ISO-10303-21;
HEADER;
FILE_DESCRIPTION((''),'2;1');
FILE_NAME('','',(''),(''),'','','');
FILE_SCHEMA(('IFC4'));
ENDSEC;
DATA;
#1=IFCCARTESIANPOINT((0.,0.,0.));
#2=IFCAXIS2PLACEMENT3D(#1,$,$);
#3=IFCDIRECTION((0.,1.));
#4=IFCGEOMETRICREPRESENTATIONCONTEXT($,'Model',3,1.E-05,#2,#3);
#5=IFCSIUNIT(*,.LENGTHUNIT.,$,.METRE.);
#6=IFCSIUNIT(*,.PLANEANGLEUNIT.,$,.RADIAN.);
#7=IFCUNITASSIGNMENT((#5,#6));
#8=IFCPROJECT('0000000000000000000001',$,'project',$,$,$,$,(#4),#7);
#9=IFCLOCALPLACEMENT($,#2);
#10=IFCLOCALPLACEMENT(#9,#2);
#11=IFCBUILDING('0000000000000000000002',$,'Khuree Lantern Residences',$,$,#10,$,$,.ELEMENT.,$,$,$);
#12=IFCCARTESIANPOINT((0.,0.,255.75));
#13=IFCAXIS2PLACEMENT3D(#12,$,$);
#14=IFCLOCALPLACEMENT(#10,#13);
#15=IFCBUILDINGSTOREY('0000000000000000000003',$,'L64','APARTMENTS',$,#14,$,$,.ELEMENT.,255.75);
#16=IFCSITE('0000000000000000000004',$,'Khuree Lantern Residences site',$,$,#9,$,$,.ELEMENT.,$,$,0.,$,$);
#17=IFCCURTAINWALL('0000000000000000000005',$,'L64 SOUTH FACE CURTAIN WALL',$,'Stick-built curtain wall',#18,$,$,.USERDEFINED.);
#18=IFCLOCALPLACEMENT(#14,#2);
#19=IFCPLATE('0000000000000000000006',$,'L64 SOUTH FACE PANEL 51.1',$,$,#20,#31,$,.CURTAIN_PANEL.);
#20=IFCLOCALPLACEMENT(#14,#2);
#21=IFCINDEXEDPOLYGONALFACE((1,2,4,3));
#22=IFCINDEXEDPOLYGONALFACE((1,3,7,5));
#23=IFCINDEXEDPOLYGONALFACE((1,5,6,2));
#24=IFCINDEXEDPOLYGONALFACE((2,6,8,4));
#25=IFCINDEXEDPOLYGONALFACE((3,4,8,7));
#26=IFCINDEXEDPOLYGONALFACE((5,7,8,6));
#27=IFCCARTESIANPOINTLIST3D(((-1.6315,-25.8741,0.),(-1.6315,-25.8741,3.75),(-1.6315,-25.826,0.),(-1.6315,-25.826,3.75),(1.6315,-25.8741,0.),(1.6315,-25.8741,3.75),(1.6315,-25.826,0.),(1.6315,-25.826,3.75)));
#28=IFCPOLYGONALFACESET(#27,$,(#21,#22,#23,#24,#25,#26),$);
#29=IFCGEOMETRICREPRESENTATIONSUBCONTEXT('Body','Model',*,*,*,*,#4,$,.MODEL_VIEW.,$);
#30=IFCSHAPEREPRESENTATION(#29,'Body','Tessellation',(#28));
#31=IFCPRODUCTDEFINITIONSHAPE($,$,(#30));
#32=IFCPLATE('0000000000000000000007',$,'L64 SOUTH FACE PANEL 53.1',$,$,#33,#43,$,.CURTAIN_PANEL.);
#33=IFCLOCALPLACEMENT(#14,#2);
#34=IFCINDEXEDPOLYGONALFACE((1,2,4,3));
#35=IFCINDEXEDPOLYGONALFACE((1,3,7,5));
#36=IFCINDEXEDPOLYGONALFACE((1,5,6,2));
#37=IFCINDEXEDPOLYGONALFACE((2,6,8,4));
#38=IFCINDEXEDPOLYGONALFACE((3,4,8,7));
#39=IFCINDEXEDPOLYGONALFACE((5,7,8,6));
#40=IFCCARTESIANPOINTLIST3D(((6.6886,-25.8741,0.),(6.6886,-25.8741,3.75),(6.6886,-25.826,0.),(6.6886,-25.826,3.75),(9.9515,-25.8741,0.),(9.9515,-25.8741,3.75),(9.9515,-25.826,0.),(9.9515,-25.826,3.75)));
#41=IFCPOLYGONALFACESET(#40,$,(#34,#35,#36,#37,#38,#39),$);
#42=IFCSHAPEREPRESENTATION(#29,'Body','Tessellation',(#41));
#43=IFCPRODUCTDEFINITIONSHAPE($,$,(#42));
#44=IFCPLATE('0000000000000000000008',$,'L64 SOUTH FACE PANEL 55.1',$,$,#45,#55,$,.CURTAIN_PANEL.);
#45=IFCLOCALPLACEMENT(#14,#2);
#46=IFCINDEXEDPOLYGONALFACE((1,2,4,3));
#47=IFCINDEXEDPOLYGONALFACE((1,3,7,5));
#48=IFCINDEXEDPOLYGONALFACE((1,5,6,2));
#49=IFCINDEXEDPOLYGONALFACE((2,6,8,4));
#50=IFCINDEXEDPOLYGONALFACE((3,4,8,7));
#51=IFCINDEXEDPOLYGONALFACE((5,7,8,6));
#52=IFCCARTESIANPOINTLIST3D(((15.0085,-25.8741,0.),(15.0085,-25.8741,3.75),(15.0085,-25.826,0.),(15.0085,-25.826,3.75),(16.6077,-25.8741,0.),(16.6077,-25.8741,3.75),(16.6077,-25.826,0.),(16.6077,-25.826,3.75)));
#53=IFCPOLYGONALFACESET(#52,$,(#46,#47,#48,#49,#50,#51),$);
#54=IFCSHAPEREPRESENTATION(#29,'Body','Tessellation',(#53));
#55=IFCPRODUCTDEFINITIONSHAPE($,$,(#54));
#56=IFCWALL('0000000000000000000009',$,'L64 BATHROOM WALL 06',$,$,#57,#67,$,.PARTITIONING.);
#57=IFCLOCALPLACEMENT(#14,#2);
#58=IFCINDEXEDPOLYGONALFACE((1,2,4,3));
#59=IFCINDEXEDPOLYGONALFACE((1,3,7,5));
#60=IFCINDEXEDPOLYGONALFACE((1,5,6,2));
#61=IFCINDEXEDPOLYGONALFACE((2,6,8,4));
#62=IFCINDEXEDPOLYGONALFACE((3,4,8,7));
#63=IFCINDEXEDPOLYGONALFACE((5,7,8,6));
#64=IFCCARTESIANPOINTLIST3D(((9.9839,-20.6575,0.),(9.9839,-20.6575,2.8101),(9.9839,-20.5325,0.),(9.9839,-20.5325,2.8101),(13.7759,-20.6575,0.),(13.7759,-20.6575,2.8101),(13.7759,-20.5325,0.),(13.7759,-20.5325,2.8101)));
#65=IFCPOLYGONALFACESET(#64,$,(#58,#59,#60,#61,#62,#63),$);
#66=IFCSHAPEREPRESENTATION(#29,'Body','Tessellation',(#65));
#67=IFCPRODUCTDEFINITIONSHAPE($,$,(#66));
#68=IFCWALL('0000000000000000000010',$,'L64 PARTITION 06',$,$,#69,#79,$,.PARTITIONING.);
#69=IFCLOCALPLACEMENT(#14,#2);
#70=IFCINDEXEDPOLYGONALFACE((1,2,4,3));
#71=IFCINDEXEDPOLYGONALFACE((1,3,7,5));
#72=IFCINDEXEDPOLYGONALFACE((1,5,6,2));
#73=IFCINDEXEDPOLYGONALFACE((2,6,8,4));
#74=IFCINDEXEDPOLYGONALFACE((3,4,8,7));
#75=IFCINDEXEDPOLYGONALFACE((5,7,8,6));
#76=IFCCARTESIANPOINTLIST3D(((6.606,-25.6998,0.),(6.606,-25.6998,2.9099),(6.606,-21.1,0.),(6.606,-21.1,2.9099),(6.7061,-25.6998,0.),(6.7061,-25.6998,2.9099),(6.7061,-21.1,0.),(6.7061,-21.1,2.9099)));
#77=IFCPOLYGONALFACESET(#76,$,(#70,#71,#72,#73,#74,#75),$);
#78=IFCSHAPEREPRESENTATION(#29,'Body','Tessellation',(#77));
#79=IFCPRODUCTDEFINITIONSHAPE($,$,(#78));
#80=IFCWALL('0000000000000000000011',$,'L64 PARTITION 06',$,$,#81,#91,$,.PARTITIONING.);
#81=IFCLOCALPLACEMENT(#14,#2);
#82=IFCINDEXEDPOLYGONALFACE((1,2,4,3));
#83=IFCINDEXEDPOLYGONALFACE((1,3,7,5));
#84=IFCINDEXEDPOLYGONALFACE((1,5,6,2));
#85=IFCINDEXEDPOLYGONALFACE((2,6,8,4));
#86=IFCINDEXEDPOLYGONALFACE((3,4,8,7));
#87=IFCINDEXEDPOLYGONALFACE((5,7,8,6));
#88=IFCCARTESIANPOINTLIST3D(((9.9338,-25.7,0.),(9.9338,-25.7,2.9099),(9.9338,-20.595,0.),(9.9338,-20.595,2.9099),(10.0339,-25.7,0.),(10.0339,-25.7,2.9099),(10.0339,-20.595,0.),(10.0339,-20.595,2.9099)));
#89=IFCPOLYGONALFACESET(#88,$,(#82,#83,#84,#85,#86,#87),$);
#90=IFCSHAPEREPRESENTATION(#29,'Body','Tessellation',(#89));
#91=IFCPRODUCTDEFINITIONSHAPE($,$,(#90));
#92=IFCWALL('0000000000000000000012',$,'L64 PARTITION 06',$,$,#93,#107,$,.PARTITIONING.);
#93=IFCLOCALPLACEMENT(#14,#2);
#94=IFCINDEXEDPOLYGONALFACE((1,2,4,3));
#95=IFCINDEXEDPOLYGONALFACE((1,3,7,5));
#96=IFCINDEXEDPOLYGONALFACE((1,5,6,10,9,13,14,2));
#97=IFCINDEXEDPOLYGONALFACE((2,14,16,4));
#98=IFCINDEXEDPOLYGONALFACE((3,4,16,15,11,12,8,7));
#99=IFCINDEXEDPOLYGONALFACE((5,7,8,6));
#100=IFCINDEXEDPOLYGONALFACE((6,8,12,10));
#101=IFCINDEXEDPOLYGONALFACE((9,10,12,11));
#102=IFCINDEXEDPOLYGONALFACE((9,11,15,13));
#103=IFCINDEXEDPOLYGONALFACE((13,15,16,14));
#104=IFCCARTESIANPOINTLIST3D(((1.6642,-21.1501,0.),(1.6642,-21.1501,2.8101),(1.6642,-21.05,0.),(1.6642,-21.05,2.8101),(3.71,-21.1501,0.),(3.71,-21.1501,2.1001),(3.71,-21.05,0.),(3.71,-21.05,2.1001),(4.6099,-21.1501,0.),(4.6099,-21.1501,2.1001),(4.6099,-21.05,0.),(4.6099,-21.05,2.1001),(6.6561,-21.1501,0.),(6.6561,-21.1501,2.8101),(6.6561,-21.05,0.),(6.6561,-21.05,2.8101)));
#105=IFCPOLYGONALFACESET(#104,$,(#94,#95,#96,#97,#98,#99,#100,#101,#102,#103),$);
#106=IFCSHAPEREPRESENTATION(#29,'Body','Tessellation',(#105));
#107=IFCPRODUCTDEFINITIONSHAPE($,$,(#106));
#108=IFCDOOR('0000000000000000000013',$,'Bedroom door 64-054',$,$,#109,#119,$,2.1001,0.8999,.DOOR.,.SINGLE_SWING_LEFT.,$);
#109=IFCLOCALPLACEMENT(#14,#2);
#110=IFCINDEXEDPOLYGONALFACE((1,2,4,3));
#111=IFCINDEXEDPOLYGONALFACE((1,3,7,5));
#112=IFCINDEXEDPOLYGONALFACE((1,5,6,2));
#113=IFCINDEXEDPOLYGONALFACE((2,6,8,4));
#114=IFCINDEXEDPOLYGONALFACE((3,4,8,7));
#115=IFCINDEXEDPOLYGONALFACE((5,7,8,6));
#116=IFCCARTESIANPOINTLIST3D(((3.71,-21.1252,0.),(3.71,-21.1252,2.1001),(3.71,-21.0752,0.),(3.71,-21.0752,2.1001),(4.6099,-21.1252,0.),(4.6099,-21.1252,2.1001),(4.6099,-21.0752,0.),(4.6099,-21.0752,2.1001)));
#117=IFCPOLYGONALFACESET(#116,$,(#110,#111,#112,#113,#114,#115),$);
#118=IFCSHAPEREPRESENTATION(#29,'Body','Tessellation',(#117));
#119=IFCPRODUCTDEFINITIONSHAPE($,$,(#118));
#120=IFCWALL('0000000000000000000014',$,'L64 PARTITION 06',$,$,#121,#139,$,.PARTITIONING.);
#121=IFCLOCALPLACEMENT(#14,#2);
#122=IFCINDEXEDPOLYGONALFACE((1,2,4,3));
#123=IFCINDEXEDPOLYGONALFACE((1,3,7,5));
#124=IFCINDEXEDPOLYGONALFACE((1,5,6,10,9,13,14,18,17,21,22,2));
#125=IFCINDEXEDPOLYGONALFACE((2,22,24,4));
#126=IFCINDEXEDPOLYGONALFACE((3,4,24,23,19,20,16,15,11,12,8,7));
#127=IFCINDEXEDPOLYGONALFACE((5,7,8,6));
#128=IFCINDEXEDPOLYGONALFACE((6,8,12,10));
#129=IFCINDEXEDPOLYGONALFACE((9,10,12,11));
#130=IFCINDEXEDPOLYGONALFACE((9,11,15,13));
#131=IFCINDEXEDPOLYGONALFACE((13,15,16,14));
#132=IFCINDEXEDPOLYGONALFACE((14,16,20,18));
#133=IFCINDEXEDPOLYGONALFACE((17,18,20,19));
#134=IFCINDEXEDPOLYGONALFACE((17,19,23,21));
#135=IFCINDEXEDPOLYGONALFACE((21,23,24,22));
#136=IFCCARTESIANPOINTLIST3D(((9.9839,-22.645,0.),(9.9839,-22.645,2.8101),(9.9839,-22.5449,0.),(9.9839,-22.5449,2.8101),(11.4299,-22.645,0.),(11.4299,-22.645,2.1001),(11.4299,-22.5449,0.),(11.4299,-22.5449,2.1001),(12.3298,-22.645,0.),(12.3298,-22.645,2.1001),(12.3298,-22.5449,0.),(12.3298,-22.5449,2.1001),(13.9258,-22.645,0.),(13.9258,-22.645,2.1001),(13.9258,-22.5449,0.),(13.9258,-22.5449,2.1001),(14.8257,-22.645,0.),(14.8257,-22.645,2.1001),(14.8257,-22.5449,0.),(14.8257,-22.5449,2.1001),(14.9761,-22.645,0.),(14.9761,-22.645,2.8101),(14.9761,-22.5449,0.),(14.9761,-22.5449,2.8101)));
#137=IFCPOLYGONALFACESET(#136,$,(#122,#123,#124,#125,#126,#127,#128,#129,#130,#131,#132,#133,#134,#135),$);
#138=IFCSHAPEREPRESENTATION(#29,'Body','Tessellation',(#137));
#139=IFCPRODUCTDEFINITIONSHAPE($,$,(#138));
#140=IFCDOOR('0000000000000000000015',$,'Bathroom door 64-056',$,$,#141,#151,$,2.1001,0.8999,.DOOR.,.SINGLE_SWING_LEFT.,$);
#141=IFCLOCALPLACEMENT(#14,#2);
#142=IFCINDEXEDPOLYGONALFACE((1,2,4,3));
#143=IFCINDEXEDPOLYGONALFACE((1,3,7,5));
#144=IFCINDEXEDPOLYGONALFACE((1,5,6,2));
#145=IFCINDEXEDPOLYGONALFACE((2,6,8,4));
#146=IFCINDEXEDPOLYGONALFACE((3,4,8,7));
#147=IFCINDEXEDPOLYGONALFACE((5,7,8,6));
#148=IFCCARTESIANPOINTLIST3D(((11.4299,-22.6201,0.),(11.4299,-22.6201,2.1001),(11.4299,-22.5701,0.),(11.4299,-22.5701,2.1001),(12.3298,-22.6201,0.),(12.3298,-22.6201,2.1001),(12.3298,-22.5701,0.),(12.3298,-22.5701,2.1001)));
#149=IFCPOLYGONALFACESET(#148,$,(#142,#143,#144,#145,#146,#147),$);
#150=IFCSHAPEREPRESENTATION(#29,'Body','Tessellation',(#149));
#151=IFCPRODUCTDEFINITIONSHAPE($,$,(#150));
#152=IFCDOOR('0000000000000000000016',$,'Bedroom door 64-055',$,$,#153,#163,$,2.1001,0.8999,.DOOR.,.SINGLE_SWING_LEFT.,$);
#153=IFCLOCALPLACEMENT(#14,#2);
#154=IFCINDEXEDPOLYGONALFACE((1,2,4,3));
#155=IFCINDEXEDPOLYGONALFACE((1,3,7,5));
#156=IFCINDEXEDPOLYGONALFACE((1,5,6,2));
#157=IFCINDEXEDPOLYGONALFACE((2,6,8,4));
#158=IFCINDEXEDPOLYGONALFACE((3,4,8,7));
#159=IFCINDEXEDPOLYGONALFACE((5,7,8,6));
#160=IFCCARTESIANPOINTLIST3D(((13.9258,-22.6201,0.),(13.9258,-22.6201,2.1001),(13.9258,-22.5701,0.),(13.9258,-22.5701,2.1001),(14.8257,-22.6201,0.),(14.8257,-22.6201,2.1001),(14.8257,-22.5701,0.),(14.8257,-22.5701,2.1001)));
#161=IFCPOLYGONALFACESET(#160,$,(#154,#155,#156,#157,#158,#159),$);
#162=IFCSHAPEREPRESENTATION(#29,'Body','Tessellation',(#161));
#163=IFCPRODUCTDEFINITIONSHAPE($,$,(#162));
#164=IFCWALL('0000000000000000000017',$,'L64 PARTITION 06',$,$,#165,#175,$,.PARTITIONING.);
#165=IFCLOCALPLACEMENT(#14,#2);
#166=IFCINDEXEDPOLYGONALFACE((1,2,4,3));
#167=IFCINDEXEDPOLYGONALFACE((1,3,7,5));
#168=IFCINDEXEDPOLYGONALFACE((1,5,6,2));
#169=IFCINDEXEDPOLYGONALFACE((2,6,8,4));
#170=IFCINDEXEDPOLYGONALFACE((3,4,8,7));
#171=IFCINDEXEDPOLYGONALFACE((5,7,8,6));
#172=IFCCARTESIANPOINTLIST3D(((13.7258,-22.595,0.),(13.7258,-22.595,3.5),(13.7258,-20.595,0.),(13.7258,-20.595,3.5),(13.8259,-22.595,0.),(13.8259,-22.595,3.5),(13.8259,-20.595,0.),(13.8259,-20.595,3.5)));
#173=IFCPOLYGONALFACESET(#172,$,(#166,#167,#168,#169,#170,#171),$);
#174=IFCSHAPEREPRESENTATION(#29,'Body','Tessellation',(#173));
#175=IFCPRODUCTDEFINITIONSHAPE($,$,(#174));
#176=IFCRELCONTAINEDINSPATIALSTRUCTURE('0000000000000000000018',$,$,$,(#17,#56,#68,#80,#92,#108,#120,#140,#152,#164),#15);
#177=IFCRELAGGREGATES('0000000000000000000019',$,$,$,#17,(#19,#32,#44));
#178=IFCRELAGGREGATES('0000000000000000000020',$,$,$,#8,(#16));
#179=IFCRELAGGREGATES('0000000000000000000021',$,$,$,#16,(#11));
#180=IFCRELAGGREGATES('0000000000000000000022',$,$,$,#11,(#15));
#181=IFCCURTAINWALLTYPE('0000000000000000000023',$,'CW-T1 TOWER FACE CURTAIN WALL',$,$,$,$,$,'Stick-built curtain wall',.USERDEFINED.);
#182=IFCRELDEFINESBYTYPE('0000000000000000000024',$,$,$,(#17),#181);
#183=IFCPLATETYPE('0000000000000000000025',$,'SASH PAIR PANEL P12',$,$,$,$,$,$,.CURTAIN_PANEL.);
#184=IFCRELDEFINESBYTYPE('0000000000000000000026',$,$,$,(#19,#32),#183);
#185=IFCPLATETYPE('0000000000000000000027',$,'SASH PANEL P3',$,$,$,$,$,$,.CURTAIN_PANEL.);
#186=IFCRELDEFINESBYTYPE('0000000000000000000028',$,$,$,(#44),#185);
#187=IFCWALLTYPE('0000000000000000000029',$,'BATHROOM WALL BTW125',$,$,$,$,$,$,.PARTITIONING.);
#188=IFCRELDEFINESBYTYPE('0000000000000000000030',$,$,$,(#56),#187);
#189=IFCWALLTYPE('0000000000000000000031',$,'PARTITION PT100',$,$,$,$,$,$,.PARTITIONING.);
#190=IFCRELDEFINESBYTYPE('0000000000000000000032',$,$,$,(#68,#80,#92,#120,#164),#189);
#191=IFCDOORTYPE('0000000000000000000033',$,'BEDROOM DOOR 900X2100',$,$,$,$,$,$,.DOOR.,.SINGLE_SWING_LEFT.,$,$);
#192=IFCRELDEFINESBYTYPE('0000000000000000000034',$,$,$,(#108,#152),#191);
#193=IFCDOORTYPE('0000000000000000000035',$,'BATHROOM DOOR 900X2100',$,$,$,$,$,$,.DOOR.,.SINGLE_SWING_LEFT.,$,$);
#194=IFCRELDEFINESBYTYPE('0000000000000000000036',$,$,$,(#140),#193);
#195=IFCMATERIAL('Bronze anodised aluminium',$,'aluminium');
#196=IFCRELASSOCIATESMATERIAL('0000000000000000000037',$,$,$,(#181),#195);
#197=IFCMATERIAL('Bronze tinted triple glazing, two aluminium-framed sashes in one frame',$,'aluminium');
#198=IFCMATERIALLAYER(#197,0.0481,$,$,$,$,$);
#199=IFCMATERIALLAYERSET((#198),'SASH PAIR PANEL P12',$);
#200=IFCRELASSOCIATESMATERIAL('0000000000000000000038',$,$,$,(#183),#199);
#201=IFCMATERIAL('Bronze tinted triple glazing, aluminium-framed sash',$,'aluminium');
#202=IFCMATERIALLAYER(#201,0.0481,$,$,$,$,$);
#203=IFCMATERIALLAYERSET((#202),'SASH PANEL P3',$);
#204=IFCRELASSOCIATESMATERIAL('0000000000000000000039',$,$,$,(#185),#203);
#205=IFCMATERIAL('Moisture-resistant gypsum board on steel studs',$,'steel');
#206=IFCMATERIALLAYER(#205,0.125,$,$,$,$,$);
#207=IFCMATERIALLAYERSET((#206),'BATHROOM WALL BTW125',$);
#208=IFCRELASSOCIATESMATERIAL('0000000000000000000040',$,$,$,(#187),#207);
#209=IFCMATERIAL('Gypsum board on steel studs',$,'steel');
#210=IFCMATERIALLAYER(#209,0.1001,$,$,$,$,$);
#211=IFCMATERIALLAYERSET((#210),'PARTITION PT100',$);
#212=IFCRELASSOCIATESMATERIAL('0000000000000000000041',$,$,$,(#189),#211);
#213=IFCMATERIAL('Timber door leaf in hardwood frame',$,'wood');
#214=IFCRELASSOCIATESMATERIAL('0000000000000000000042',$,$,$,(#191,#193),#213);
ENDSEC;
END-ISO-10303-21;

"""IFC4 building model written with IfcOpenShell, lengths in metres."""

from ifc_helpers import new_model, si_unit, direction, frame, frame_2d, origin, origin_2d, place, context, subcontext, project, spatial, rectangle, extrude, material, layer, layer_set, type_object, element, fill, aggregate, save


model = new_model("IFC4")

# Units and contexts
model_context = context("Model", 3, precision=1e-05, world=origin(), true_north=direction((0.0, 1.0)))
body_context = subcontext(model_context, "Body", "Model", "MODEL_VIEW")
ifc_project = project(units=[si_unit("LENGTHUNIT", "METRE"), si_unit("PLANEANGLEUNIT", "RADIAN")], contexts=[model_context])

# Site, building, storey
site_placement = place(None, origin())
site = spatial("IfcSite", under=ifc_project, at=site_placement, Name="Khuree Lantern Residences site", CompositionType="ELEMENT", RefElevation=0.0)
building_placement = place(site_placement, origin())
building = spatial("IfcBuilding", under=site, at=building_placement, Name="Khuree Lantern Residences", CompositionType="ELEMENT")
storey_placement = place(building_placement, frame((0.0, 0.0, 255.75)))
storey = spatial("IfcBuildingStorey", under=building, at=storey_placement, Name="L64", Description="APARTMENTS", CompositionType="ELEMENT", Elevation=255.75)

# Curtain wall
ifc_material_1 = material(Name="Bronze anodised aluminium", Category="aluminium")
curtain_wall_type = type_object("IfcCurtainWallType", Name="CW-T1 TOWER FACE CURTAIN WALL", ElementType="Stick-built curtain wall", PredefinedType="USERDEFINED", material=ifc_material_1)
curtain_wall_placement = place(storey_placement, origin())
curtain_wall = element("IfcCurtainWall", 1, at=curtain_wall_placement, inside=storey, type_object=curtain_wall_type, Name="L64 SOUTH FACE CURTAIN WALL", ObjectType="Stick-built curtain wall", PredefinedType="USERDEFINED")

# Plates
ifc_material_2 = material(Name="Bronze tinted triple glazing, two aluminium-framed sashes in one frame", Category="aluminium")
ifc_layer_1 = layer(ifc_material_2, 0.0481)
ifc_layer_set_1 = layer_set([ifc_layer_1], Name="SASH PAIR PANEL P12")
plate_type_1 = type_object("IfcPlateType", Name="SASH PAIR PANEL P12", PredefinedType="CURTAIN_PANEL", material=ifc_layer_set_1)
plate_1_placement = place(storey_placement, frame((0.0, -25.8501, 0.0), z_axis=(0.0, 0.0, 1.0), x_axis=(1.0, 0.0, 0.0)))
plate_1 = element("IfcPlate", 2, at=plate_1_placement, type_object=plate_type_1, Name="L64 SOUTH FACE PANEL 51.1", PredefinedType="CURTAIN_PANEL", context=body_context, shape_type="SweptSolid", body=[
    extrude(rectangle(XDim=3.2629, YDim=0.0481, at=origin_2d()), origin(), (0.0, 0.0, 1.0), 3.75),
])
plate_2_placement = place(storey_placement, frame((8.3201, -25.8501, 0.0), z_axis=(0.0, 0.0, 1.0), x_axis=(1.0, 0.0, 0.0)))
plate_2 = element("IfcPlate", 3, at=plate_2_placement, type_object=plate_type_1, Name="L64 SOUTH FACE PANEL 53.1", PredefinedType="CURTAIN_PANEL", context=body_context, shape_type="SweptSolid", body=[
    extrude(rectangle(XDim=3.2629, YDim=0.0481, at=origin_2d()), origin(), (0.0, 0.0, 1.0), 3.75),
])
ifc_material_3 = material(Name="Bronze tinted triple glazing, aluminium-framed sash", Category="aluminium")
ifc_layer_2 = layer(ifc_material_3, 0.0481)
ifc_layer_set_2 = layer_set([ifc_layer_2], Name="SASH PANEL P3")
plate_type_2 = type_object("IfcPlateType", Name="SASH PANEL P3", PredefinedType="CURTAIN_PANEL", material=ifc_layer_set_2)
plate_3_placement = place(storey_placement, frame((15.8081, -25.8501, 0.0), z_axis=(0.0, 0.0, 1.0), x_axis=(1.0, 0.0, 0.0)))
plate_3 = element("IfcPlate", 4, at=plate_3_placement, type_object=plate_type_2, Name="L64 SOUTH FACE PANEL 55.1", PredefinedType="CURTAIN_PANEL", context=body_context, shape_type="SweptSolid", body=[
    extrude(rectangle(XDim=1.5991, YDim=0.0481, at=origin_2d()), origin(), (0.0, 0.0, 1.0), 3.75),
])
aggregate(curtain_wall, [plate_1, plate_2, plate_3])

# Walls
ifc_material_4 = material(Name="Moisture-resistant gypsum board on steel studs", Category="steel")
ifc_layer_3 = layer(ifc_material_4, 0.125)
ifc_layer_set_3 = layer_set([ifc_layer_3], Name="BATHROOM WALL BTW125")
wall_type_1 = type_object("IfcWallType", Name="BATHROOM WALL BTW125", PredefinedType="PARTITIONING", material=ifc_layer_set_3)
wall_1_placement = place(storey_placement, frame((9.9839, -20.595, 0.0), z_axis=(0.0, 0.0, 1.0), x_axis=(1.0, 0.0, 0.0)))
element("IfcWall", 5, at=wall_1_placement, inside=storey, type_object=wall_type_1, Name="L64 BATHROOM WALL 06", PredefinedType="PARTITIONING", context=body_context, shape_type="SweptSolid", body=[
    extrude(rectangle(XDim=3.792, YDim=0.125, at=frame_2d((1.896, 0.0))), origin(), (0.0, 0.0, 1.0), 2.8101),
])
ifc_material_5 = material(Name="Gypsum board on steel studs", Category="steel")
ifc_layer_4 = layer(ifc_material_5, 0.1001)
ifc_layer_set_4 = layer_set([ifc_layer_4], Name="PARTITION PT100")
wall_type_2 = type_object("IfcWallType", Name="PARTITION PT100", PredefinedType="PARTITIONING", material=ifc_layer_set_4)
wall_2_placement = place(storey_placement, frame((6.656, -21.1001, 0.0), z_axis=(0.0, 0.0, 1.0), x_axis=(0.0, -1.0, 0.0)))
element("IfcWall", 6, at=wall_2_placement, inside=storey, type_object=wall_type_2, Name="L64 PARTITION 06", PredefinedType="PARTITIONING", context=body_context, shape_type="SweptSolid", body=[
    extrude(rectangle(XDim=4.5999, YDim=0.1001, at=frame_2d((2.2998, 0.0))), origin(), (0.0, 0.0, 1.0), 2.9099),
])
wall_3_placement = place(storey_placement, frame((9.9839, -20.595, 0.0), z_axis=(0.0, 0.0, 1.0), x_axis=(0.0, -1.0, 0.0)))
element("IfcWall", 7, at=wall_3_placement, inside=storey, type_object=wall_type_2, Name="L64 PARTITION 06", PredefinedType="PARTITIONING", context=body_context, shape_type="SweptSolid", body=[
    extrude(rectangle(XDim=5.105, YDim=0.1001, at=frame_2d((2.5525, 0.0))), origin(), (0.0, 0.0, 1.0), 2.9099),
])

# Wall, opening, door
wall_4_placement = place(storey_placement, frame((1.6641, -21.1001, 0.0), z_axis=(0.0, 0.0, 1.0), x_axis=(1.0, 0.0, 0.0)))
wall_4 = element("IfcWall", 8, at=wall_4_placement, inside=storey, type_object=wall_type_2, Name="L64 PARTITION 06", PredefinedType="PARTITIONING", context=body_context, shape_type="SweptSolid", body=[
    extrude(rectangle(XDim=4.9919, YDim=0.1001, at=frame_2d((2.4961, 0.0))), origin(), (0.0, 0.0, 1.0), 2.8101),
])
opening_1_placement = place(wall_4_placement, frame((2.0459, 0.0, 0.0)))
opening_1 = element("IfcOpeningElement", 9, at=opening_1_placement, cuts=wall_4, PredefinedType="OPENING", context=body_context, shape_type="SweptSolid", body=[
    extrude(rectangle(XDim=0.8999, YDim=2.1001, at=frame_2d((0.45, 1.05))), frame((0.0, 0.0601, 0.0), z_axis=(0.0, -1.0, 0.0), x_axis=(1.0, 0.0, 0.0)), (0.0, 0.0, 1.0), 0.1201),
])
ifc_material_6 = material(Name="Timber door leaf in hardwood frame", Category="wood")
door_type_1 = type_object("IfcDoorType", Name="BEDROOM DOOR 900X2100", OperationType="SINGLE_SWING_LEFT", PredefinedType="DOOR", material=ifc_material_6)
door_1_placement = place(opening_1_placement, origin())
door_1 = element("IfcDoor", 10, at=door_1_placement, inside=storey, type_object=door_type_1, Name="Bedroom door 64-054", OperationType="SINGLE_SWING_LEFT", OverallHeight=2.1001, OverallWidth=0.8999, PredefinedType="DOOR", context=body_context, shape_type="SweptSolid", body=[
    extrude(rectangle(XDim=0.8999, YDim=2.1001, at=frame_2d((0.45, 1.05))), frame((0.0, 0.0249, 0.0), z_axis=(0.0, -1.0, 0.0), x_axis=(1.0, 0.0, 0.0)), (0.0, 0.0, 1.0), 0.05),
])
fill(opening_1, door_1)

# Wall, openings, doors
wall_5_placement = place(storey_placement, frame((9.9839, -22.595, 0.0), z_axis=(0.0, 0.0, 1.0), x_axis=(1.0, 0.0, 0.0)))
wall_5 = element("IfcWall", 11, at=wall_5_placement, inside=storey, type_object=wall_type_2, Name="L64 PARTITION 06", PredefinedType="PARTITIONING", context=body_context, shape_type="SweptSolid", body=[
    extrude(rectangle(XDim=4.9922, YDim=0.1001, at=frame_2d((2.4961, 0.0))), origin(), (0.0, 0.0, 1.0), 2.8101),
])
opening_2_placement = place(wall_5_placement, frame((3.9419, 0.0, 0.0)))
opening_2 = element("IfcOpeningElement", 12, at=opening_2_placement, cuts=wall_5, PredefinedType="OPENING", context=body_context, shape_type="SweptSolid", body=[
    extrude(rectangle(XDim=0.8999, YDim=2.1001, at=frame_2d((0.45, 1.05))), frame((0.0, 0.0601, 0.0), z_axis=(0.0, -1.0, 0.0), x_axis=(1.0, 0.0, 0.0)), (0.0, 0.0, 1.0), 0.1201),
])
opening_3_placement = place(wall_5_placement, frame((1.446, 0.0, 0.0)))
opening_3 = element("IfcOpeningElement", 13, at=opening_3_placement, cuts=wall_5, PredefinedType="OPENING", context=body_context, shape_type="SweptSolid", body=[
    extrude(rectangle(XDim=0.8999, YDim=2.1001, at=frame_2d((0.45, 1.05))), frame((0.0, 0.0601, 0.0), z_axis=(0.0, -1.0, 0.0), x_axis=(1.0, 0.0, 0.0)), (0.0, 0.0, 1.0), 0.1201),
])
door_type_2 = type_object("IfcDoorType", Name="BATHROOM DOOR 900X2100", OperationType="SINGLE_SWING_LEFT", PredefinedType="DOOR", material=ifc_material_6)
door_2_placement = place(opening_3_placement, origin())
door_2 = element("IfcDoor", 14, at=door_2_placement, inside=storey, type_object=door_type_2, Name="Bathroom door 64-056", OperationType="SINGLE_SWING_LEFT", OverallHeight=2.1001, OverallWidth=0.8999, PredefinedType="DOOR", context=body_context, shape_type="SweptSolid", body=[
    extrude(rectangle(XDim=0.8999, YDim=2.1001, at=frame_2d((0.45, 1.05))), frame((0.0, 0.0249, 0.0), z_axis=(0.0, -1.0, 0.0), x_axis=(1.0, 0.0, 0.0)), (0.0, 0.0, 1.0), 0.05),
])
fill(opening_3, door_2)
door_3_placement = place(opening_2_placement, origin())
door_3 = element("IfcDoor", 15, at=door_3_placement, inside=storey, type_object=door_type_1, Name="Bedroom door 64-055", OperationType="SINGLE_SWING_LEFT", OverallHeight=2.1001, OverallWidth=0.8999, PredefinedType="DOOR", context=body_context, shape_type="SweptSolid", body=[
    extrude(rectangle(XDim=0.8999, YDim=2.1001, at=frame_2d((0.45, 1.05))), frame((0.0, 0.0249, 0.0), z_axis=(0.0, -1.0, 0.0), x_axis=(1.0, 0.0, 0.0)), (0.0, 0.0, 1.0), 0.05),
])
fill(opening_2, door_3)

# Wall
wall_6_placement = place(storey_placement, frame((13.7759, -20.595, 0.0), z_axis=(0.0, 0.0, 1.0), x_axis=(0.0, -1.0, 0.0)))
element("IfcWall", 16, at=wall_6_placement, inside=storey, type_object=wall_type_2, Name="L64 PARTITION 06", PredefinedType="PARTITIONING", context=body_context, shape_type="SweptSolid", body=[
    extrude(rectangle(XDim=2.0, YDim=0.1001, at=frame_2d((1.0, 0.0))), origin(), (0.0, 0.0, 1.0), 3.5),
])

save(model, "model.ifc")
